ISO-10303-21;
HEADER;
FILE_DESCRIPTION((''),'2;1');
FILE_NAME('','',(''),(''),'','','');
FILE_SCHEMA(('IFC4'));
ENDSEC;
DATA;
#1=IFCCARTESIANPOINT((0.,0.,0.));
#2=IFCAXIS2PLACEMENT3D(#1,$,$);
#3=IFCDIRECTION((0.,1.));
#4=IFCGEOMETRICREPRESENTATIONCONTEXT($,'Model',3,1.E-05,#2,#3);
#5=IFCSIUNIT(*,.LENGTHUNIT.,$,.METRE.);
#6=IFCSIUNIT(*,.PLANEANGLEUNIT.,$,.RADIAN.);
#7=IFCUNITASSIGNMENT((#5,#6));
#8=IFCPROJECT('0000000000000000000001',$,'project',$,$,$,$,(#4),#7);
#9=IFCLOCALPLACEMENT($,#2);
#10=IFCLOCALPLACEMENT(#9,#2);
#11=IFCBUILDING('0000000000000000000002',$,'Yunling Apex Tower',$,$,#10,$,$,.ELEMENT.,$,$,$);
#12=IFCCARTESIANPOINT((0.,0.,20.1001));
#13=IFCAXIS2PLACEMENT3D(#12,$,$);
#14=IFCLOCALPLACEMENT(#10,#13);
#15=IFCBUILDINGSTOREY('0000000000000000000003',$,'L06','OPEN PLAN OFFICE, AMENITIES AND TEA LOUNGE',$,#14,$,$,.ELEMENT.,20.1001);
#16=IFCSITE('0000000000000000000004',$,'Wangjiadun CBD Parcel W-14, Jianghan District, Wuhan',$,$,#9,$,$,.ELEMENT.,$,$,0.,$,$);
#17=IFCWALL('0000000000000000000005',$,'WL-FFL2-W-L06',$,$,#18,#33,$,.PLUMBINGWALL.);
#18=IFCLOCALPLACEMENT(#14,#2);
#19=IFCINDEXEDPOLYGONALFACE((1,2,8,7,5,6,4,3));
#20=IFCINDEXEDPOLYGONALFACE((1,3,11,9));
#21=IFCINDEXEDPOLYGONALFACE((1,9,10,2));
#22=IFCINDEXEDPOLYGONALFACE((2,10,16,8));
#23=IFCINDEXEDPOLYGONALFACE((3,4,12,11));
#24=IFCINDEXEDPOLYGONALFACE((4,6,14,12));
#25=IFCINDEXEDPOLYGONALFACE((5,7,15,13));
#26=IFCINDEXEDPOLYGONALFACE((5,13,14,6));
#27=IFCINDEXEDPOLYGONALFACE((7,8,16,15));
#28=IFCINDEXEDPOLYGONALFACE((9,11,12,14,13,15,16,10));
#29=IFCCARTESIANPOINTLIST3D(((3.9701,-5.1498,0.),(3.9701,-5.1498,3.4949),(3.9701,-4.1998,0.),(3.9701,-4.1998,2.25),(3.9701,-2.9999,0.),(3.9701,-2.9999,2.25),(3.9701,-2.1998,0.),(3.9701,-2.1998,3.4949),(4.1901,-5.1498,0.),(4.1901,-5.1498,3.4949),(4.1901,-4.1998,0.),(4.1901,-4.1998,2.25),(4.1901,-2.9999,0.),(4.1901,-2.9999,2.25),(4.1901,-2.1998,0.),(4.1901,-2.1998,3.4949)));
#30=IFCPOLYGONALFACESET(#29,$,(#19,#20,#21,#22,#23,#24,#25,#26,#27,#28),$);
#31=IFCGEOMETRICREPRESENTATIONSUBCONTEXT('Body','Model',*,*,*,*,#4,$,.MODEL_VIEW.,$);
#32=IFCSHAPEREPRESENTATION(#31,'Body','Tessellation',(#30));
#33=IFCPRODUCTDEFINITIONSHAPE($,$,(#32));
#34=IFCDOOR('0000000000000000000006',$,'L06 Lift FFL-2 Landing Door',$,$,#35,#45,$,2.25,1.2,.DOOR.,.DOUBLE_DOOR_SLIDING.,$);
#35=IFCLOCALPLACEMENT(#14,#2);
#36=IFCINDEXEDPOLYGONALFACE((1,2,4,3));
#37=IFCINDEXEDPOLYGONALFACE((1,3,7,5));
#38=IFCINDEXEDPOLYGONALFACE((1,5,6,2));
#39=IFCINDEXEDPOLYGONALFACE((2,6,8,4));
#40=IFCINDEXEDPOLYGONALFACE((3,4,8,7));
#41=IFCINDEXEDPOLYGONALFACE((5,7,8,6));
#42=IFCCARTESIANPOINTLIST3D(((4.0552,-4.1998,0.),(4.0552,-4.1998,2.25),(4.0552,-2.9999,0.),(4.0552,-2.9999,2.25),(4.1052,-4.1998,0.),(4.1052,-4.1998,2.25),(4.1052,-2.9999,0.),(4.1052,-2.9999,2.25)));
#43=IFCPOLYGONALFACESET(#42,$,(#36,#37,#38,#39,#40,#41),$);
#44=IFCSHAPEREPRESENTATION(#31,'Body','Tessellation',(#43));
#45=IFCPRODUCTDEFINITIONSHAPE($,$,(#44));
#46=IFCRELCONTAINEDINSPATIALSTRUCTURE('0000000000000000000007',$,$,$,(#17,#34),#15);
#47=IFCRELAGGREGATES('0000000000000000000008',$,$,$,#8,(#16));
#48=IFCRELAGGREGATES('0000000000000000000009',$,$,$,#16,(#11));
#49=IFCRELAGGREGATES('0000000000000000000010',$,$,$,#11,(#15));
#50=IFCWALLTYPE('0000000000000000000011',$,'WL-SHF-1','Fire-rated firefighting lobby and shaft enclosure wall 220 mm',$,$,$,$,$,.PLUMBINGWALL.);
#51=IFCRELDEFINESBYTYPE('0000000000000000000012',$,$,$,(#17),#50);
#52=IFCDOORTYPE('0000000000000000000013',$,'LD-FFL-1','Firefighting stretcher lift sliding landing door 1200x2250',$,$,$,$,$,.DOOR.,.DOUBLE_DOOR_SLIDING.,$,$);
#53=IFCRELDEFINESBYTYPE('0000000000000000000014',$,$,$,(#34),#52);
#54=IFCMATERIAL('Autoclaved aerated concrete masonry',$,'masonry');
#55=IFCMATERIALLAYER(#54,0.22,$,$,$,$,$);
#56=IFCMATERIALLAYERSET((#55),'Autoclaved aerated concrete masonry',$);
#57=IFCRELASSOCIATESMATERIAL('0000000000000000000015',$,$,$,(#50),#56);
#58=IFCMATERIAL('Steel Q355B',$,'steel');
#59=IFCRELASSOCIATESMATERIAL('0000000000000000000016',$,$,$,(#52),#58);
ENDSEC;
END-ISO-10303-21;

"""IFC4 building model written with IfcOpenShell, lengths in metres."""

from ifc_helpers import new_model, si_unit, direction, frame, frame_2d, origin, place, context, subcontext, project, spatial, rectangle, extrude, material, layer, layer_set, type_object, element, fill, save


model = new_model("IFC4")

# Units and contexts
model_context = context("Model", 3, precision=1e-05, world=origin(), true_north=direction((0.0, 1.0)))
body_context = subcontext(model_context, "Body", "Model", "MODEL_VIEW")
ifc_project = project(units=[si_unit("LENGTHUNIT", "METRE"), si_unit("PLANEANGLEUNIT", "RADIAN")], contexts=[model_context])

# Site, building, storey
site_placement = place(None, origin())
site = spatial("IfcSite", under=ifc_project, at=site_placement, Name="Wangjiadun CBD Parcel W-14, Jianghan District, Wuhan", CompositionType="ELEMENT", RefElevation=0.0)
building_placement = place(site_placement, origin())
building = spatial("IfcBuilding", under=site, at=building_placement, Name="Yunling Apex Tower", CompositionType="ELEMENT")
storey_placement = place(building_placement, frame((0.0, 0.0, 20.1001)))
storey = spatial("IfcBuildingStorey", under=building, at=storey_placement, Name="L06", Description="OPEN PLAN OFFICE, AMENITIES AND TEA LOUNGE", CompositionType="ELEMENT", Elevation=20.1001)

# Shared definitions
ifc_material_1 = material(Name="Steel Q355B", Category="steel")

# Wall, opening, door
ifc_material_2 = material(Name="Autoclaved aerated concrete masonry", Category="masonry")
ifc_layer_1 = layer(ifc_material_2, 0.22)
ifc_layer_set_1 = layer_set([ifc_layer_1], Name="Autoclaved aerated concrete masonry")
wall_type_1 = type_object("IfcWallType", Name="WL-SHF-1", Description="Fire-rated firefighting lobby and shaft enclosure wall 220 mm", PredefinedType="PLUMBINGWALL", material=ifc_layer_set_1)
wall_1_placement = place(storey_placement, frame((4.0801, -5.1499, 0.0), z_axis=(0.0, 0.0, 1.0), x_axis=(0.0, 1.0, 0.0)))
wall_1 = element("IfcWall", 1, at=wall_1_placement, inside=storey, type_object=wall_type_1, Name="WL-FFL2-W-L06", PredefinedType="PLUMBINGWALL", context=body_context, shape_type="SweptSolid", body=[
    extrude(rectangle(XDim=2.95, YDim=0.22, at=frame_2d((1.4751, 0.0))), origin(), (0.0, 0.0, 1.0), 3.4949),
])
opening_placement = place(wall_1_placement, frame((0.95, 0.0, 0.0)))
opening = element("IfcOpeningElement", 2, at=opening_placement, cuts=wall_1, PredefinedType="OPENING", context=body_context, shape_type="SweptSolid", body=[
    extrude(rectangle(XDim=1.2, YDim=2.25, at=frame_2d((0.6001, 1.125))), frame((0.0, 0.1201, 0.0), z_axis=(0.0, -1.0, 0.0), x_axis=(1.0, 0.0, 0.0)), (0.0, 0.0, 1.0), 0.24),
])
door_type = type_object("IfcDoorType", Name="LD-FFL-1", Description="Firefighting stretcher lift sliding landing door 1200x2250", OperationType="DOUBLE_DOOR_SLIDING", PredefinedType="DOOR", material=ifc_material_1)
door_placement = place(opening_placement, origin())
door = element("IfcDoor", 3, at=door_placement, inside=storey, type_object=door_type, Name="L06 Lift FFL-2 Landing Door", OperationType="DOUBLE_DOOR_SLIDING", OverallHeight=2.25, OverallWidth=1.2, PredefinedType="DOOR", context=body_context, shape_type="SweptSolid", body=[
    extrude(rectangle(XDim=1.2, YDim=2.25, at=frame_2d((0.6001, 1.125))), frame((0.0, 0.0249, 0.0), z_axis=(0.0, -1.0, 0.0), x_axis=(1.0, 0.0, 0.0)), (0.0, 0.0, 1.0), 0.05),
])
fill(opening, door)

save(model, "model.ifc")
